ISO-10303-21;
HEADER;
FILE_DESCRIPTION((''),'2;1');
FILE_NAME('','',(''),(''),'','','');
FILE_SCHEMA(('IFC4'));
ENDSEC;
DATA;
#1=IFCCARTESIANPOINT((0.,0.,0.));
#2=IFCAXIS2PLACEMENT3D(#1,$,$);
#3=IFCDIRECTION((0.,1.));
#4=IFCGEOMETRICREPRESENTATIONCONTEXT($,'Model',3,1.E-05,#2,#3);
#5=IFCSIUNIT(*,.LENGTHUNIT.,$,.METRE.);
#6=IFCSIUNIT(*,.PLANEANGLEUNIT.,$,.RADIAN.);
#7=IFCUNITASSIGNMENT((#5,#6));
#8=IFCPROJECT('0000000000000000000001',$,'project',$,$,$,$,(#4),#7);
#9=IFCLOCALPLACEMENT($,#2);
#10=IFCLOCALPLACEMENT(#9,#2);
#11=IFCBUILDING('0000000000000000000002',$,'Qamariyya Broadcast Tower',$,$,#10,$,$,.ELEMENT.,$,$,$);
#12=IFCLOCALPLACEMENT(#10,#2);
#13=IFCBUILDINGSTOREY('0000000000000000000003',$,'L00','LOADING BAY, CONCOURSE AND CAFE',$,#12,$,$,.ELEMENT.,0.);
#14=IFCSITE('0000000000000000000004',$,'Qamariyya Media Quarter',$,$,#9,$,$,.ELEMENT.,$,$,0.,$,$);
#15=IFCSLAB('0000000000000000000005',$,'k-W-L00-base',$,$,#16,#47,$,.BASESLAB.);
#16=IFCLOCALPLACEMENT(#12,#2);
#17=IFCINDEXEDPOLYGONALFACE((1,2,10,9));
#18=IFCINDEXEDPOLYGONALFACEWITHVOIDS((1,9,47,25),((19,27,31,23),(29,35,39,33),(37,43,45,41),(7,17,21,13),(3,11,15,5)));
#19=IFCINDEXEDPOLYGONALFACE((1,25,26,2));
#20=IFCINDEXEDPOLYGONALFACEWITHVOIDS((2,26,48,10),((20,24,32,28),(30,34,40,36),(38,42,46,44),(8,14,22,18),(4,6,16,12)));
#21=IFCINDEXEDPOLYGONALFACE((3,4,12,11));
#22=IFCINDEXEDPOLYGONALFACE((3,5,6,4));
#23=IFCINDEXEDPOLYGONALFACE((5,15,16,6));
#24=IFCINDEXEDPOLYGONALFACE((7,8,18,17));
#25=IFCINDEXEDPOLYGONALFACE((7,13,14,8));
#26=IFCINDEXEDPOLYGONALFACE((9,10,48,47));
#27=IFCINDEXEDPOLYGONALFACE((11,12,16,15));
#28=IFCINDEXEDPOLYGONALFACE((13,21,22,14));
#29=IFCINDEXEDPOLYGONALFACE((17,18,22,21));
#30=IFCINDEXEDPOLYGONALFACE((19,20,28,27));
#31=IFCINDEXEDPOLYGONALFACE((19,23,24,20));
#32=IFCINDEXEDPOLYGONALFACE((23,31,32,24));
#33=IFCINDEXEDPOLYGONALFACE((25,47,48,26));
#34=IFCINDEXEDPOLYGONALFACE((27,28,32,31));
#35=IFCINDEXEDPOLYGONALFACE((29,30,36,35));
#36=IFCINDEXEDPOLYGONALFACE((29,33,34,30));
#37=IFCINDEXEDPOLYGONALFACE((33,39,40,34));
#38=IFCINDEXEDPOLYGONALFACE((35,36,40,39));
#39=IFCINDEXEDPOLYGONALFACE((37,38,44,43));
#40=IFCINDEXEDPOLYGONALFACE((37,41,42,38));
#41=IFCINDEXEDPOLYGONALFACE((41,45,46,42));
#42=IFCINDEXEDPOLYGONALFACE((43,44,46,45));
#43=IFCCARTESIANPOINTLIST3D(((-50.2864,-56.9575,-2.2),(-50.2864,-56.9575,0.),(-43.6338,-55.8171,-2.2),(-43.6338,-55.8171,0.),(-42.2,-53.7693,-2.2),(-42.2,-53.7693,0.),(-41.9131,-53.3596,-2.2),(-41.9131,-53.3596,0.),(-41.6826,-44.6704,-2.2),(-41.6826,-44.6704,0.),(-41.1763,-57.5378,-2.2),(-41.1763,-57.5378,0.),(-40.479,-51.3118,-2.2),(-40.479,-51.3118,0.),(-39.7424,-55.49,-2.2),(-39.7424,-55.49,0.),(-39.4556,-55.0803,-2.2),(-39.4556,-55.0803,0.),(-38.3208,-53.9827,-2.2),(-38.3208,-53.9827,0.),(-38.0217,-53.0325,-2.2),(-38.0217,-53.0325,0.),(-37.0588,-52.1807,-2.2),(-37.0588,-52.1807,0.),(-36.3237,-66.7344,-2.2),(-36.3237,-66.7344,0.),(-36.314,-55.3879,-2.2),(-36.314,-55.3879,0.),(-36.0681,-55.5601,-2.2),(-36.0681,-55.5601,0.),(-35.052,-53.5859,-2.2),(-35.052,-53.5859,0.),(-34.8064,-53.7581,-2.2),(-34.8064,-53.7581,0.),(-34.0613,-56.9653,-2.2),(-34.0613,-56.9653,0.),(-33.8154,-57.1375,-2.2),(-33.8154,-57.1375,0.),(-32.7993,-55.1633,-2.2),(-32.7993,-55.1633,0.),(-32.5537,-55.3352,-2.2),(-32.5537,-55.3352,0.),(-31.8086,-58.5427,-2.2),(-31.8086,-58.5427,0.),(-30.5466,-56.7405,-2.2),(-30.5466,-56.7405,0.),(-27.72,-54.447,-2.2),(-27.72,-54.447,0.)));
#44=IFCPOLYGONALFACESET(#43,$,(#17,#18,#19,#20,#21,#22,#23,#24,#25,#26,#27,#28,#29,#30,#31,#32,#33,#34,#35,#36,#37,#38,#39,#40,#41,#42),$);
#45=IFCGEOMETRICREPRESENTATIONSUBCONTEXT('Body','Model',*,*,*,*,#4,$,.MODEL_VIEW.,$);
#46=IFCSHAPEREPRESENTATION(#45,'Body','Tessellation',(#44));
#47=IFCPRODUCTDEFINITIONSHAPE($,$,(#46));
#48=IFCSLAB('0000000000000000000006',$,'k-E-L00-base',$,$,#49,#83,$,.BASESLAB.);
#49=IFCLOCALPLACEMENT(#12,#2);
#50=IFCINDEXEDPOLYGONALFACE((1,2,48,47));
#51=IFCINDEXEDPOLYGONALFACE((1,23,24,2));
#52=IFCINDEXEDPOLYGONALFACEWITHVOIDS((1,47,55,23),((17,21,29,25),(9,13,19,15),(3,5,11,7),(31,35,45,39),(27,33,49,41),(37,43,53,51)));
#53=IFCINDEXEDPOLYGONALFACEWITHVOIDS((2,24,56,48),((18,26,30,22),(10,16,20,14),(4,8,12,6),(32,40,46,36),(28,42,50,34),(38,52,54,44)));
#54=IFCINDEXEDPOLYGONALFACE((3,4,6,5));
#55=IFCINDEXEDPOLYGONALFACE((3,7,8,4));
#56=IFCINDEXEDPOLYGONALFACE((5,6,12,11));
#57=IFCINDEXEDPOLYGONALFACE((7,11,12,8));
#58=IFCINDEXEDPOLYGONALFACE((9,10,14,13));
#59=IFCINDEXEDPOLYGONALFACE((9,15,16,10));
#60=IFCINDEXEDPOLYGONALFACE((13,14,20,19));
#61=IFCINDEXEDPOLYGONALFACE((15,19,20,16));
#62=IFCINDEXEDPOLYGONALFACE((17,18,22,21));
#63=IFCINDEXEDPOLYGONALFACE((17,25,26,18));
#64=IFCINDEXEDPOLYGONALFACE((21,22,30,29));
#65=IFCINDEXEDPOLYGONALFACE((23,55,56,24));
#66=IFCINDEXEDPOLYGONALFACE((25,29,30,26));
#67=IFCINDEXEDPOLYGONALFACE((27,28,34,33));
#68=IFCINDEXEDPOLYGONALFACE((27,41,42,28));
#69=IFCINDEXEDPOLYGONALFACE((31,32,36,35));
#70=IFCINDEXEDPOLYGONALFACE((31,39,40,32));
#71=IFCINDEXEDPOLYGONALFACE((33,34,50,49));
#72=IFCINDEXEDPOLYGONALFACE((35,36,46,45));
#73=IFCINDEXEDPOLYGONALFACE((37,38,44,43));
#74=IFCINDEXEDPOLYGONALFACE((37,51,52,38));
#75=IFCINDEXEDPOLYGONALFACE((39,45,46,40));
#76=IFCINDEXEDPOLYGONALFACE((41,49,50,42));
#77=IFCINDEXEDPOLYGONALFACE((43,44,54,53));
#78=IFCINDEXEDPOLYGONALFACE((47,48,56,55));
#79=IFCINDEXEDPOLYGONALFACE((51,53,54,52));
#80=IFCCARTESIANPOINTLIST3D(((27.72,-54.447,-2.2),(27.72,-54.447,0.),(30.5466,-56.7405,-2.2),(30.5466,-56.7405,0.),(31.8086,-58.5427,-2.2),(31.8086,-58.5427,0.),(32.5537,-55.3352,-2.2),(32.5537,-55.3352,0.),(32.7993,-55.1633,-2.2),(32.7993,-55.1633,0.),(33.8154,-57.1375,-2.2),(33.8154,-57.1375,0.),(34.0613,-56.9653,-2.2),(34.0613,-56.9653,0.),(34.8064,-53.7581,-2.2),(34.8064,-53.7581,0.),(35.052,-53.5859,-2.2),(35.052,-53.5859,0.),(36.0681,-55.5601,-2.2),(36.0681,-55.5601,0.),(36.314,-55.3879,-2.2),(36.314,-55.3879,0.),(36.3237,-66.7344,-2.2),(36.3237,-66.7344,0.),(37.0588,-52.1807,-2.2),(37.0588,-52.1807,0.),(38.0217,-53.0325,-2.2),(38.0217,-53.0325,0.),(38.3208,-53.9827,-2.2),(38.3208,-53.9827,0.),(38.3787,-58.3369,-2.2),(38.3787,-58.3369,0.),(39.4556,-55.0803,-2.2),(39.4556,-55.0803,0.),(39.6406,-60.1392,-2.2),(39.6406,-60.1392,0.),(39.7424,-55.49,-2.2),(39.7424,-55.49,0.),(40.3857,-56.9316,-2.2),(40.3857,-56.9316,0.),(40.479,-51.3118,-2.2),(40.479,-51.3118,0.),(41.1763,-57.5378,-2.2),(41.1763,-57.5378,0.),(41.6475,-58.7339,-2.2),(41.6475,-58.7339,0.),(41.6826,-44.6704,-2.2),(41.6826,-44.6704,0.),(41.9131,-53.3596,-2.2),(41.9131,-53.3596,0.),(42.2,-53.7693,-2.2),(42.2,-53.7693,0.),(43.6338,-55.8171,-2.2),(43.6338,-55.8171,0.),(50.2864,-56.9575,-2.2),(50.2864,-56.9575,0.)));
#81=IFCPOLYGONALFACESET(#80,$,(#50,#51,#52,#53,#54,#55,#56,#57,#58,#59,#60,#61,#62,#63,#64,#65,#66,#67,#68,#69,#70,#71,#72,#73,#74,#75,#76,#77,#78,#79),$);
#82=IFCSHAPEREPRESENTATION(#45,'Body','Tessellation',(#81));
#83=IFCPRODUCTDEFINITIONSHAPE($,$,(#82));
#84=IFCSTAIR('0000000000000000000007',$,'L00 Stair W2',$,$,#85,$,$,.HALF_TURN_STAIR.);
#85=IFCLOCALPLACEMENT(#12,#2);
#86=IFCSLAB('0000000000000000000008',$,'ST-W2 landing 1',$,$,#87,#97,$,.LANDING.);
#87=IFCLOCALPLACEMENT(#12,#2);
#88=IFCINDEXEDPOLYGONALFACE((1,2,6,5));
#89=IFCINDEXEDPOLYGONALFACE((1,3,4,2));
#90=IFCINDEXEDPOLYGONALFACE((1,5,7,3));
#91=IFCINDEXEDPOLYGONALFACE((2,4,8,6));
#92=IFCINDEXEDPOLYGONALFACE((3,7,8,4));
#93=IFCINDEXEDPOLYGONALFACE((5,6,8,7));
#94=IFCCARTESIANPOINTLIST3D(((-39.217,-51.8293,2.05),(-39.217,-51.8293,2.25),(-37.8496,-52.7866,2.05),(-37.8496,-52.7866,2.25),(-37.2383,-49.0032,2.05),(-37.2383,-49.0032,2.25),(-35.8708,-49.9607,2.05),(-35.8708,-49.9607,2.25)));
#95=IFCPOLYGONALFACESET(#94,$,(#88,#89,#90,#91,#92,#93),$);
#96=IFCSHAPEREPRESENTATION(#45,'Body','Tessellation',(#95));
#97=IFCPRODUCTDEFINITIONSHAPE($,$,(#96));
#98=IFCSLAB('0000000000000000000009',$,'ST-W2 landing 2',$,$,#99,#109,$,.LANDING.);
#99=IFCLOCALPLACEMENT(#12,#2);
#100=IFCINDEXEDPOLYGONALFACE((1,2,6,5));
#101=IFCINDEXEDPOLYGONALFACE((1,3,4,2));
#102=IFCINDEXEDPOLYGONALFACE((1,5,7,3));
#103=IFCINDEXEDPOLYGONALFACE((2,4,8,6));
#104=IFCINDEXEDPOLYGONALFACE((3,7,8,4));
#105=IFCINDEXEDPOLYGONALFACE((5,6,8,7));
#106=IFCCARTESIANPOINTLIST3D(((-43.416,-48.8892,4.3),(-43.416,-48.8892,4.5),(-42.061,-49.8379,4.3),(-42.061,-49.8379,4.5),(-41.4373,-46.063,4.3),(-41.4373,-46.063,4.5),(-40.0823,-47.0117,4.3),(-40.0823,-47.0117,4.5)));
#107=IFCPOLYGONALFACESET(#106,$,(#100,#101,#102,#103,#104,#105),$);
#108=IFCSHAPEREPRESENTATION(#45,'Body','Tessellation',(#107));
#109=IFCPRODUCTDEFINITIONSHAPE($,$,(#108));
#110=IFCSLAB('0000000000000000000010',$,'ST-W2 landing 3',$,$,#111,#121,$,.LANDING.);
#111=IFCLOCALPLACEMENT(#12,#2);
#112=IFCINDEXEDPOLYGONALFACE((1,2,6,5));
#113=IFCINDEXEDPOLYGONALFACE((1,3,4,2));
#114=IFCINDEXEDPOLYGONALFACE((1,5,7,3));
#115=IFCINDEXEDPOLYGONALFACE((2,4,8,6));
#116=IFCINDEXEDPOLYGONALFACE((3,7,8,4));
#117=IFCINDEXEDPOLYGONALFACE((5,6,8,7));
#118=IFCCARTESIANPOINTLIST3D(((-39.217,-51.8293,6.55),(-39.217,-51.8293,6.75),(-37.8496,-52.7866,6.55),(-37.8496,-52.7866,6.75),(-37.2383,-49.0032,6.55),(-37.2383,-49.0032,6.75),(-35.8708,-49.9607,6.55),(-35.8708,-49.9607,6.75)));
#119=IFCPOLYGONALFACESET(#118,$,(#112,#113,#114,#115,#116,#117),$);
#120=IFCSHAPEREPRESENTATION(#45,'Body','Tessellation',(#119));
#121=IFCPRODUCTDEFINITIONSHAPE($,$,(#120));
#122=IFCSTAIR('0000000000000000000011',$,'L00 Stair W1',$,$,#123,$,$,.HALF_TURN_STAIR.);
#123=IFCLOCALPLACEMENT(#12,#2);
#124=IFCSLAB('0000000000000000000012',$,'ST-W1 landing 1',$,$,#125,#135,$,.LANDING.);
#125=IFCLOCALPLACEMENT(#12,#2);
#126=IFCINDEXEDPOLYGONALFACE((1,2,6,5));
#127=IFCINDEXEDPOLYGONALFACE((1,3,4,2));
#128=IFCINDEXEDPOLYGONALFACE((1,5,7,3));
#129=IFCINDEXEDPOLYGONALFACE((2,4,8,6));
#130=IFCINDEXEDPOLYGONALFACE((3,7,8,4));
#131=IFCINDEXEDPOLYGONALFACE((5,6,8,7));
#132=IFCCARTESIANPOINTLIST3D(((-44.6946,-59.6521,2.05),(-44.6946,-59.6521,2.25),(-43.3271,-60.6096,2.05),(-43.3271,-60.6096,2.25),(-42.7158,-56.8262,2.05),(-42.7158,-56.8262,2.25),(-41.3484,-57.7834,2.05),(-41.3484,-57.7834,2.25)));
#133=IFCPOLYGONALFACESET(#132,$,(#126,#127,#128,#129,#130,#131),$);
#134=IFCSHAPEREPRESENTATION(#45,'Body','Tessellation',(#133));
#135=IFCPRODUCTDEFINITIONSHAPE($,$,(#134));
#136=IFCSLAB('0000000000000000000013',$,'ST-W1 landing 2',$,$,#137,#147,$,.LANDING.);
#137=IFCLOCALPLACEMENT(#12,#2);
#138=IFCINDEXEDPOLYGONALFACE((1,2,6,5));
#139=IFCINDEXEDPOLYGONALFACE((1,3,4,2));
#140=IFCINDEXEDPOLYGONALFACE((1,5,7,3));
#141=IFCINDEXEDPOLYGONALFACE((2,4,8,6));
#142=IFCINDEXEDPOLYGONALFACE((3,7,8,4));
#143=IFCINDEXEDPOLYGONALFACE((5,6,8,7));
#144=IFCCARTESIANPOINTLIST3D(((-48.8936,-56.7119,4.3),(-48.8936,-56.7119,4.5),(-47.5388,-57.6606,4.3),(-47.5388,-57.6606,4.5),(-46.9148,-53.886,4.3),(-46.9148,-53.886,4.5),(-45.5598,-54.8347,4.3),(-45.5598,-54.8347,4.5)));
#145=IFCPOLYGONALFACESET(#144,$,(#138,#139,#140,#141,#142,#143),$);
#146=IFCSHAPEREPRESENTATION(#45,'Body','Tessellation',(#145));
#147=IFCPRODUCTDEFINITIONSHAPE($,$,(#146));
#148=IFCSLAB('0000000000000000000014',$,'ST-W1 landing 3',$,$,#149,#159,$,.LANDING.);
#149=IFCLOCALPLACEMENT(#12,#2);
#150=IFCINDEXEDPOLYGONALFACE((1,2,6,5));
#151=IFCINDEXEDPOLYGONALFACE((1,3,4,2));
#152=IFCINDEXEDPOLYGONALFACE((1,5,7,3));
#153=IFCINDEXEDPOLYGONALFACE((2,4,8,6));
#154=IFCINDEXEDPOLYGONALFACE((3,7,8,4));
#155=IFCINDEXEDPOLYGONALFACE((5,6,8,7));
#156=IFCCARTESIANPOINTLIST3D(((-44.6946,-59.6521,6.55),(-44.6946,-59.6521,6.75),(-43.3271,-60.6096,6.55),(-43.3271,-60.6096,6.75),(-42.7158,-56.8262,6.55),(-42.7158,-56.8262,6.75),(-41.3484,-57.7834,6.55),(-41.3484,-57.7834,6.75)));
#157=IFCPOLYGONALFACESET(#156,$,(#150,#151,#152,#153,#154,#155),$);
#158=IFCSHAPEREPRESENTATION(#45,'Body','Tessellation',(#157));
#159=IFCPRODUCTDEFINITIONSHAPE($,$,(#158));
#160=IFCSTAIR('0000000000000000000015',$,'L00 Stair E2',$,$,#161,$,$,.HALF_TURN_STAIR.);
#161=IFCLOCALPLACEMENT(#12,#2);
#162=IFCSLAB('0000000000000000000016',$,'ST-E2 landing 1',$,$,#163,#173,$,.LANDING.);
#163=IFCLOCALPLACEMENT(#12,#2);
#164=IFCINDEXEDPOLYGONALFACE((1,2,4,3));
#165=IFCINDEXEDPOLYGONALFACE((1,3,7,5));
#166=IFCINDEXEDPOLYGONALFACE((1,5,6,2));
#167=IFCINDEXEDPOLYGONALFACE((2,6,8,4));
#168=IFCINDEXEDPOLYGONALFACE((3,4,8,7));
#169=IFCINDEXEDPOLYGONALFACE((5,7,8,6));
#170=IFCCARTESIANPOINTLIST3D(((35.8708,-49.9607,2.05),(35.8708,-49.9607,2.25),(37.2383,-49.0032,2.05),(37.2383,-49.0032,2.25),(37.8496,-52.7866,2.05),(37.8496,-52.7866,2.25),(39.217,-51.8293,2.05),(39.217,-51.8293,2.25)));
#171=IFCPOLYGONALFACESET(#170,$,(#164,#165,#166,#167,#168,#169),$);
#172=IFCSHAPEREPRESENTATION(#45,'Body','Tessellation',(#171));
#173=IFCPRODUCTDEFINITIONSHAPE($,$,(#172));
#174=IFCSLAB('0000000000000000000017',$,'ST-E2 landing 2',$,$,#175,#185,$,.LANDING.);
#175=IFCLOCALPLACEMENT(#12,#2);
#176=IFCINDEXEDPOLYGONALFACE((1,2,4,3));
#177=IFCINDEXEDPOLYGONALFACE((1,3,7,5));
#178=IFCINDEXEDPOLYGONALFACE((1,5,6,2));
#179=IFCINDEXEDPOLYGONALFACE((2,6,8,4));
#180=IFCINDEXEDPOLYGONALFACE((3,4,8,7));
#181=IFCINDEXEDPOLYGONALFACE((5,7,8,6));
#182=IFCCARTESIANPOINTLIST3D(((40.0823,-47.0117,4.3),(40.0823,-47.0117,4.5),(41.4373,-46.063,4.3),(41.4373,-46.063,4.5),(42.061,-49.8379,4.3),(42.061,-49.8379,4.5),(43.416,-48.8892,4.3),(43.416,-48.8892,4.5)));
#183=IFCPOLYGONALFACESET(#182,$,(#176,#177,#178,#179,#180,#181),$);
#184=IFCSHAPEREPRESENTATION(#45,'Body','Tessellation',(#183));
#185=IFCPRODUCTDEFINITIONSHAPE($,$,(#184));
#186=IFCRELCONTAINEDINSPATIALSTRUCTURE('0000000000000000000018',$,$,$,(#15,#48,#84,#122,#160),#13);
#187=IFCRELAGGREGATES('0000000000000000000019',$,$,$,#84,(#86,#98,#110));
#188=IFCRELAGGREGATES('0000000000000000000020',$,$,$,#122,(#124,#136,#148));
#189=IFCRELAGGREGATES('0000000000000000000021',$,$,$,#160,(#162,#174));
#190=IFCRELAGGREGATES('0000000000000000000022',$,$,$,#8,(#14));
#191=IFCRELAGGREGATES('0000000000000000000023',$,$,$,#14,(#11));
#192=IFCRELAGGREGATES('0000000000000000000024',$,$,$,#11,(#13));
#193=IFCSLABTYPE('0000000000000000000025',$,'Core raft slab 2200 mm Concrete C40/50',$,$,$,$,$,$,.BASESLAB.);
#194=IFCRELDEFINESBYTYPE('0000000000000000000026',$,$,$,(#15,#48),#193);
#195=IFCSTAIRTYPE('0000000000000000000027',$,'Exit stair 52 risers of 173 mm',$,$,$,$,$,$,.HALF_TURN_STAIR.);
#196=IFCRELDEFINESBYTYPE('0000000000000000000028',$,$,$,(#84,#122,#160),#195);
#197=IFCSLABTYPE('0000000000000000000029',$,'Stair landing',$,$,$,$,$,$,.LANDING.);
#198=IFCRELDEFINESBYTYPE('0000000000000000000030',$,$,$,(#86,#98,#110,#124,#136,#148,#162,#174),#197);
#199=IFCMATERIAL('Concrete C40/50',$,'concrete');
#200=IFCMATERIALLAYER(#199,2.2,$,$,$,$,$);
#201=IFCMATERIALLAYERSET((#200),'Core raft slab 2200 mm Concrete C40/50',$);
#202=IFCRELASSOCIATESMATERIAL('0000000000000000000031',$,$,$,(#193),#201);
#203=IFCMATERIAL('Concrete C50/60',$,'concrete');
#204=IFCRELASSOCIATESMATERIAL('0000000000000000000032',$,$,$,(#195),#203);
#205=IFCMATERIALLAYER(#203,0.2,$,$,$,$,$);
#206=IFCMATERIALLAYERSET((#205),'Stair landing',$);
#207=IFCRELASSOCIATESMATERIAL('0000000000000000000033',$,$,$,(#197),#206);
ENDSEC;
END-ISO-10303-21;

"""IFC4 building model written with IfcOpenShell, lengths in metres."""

from ifc_helpers import new_model, si_unit, direction, frame, origin, place, context, subcontext, project, spatial, polyline, outline, extrude, material, layer, layer_set, type_object, element, aggregate, save


model = new_model("IFC4")

# Units and contexts
model_context = context("Model", 3, precision=1e-05, world=origin(), true_north=direction((0.0, 1.0)))
body_context = subcontext(model_context, "Body", "Model", "MODEL_VIEW")
ifc_project = project(units=[si_unit("LENGTHUNIT", "METRE"), si_unit("PLANEANGLEUNIT", "RADIAN")], contexts=[model_context])

# Site, building, storey
site_placement = place(None, origin())
site = spatial("IfcSite", under=ifc_project, at=site_placement, Name="Qamariyya Media Quarter", CompositionType="ELEMENT", RefElevation=0.0)
building_placement = place(site_placement, origin())
building = spatial("IfcBuilding", under=site, at=building_placement, Name="Qamariyya Broadcast Tower", CompositionType="ELEMENT")
storey_placement = place(building_placement, origin())
storey = spatial("IfcBuildingStorey", under=building, at=storey_placement, Name="L00", Description="LOADING BAY, CONCOURSE AND CAFE", CompositionType="ELEMENT", Elevation=0.0)

# Shared definitions
ifc_material_1 = material(Name="Concrete C40/50", Category="concrete")

# Slabs
ifc_layer_1 = layer(ifc_material_1, 2.2)
ifc_layer_set_1 = layer_set([ifc_layer_1], Name="Core raft slab 2200 mm Concrete C40/50")
slab_type_1 = type_object("IfcSlabType", Name="Core raft slab 2200 mm Concrete C40/50", PredefinedType="BASESLAB", material=ifc_layer_set_1)
slab_1_placement = place(storey_placement, frame((0.0, 0.0, -2.2)))
element("IfcSlab", 1, at=slab_1_placement, inside=storey, type_object=slab_type_1, Name="k-W-L00-base", PredefinedType="BASESLAB", context=body_context, shape_type="SweptSolid", body=[
    extrude(outline(polyline([(-50.2864, -56.9575), (-36.3237, -66.7344), (-27.72, -54.447), (-41.6826, -44.6704), (-50.2864, -56.9575)]), holes=[polyline([(-31.8086, -58.5427), (-33.8154, -57.1375), (-32.5537, -55.3352), (-30.5466, -56.7405), (-31.8086, -58.5427)]), polyline([(-34.0613, -56.9653), (-36.0681, -55.5601), (-34.8064, -53.7581), (-32.7993, -55.1633), (-34.0613, -56.9653)]), polyline([(-36.314, -55.3879), (-38.3208, -53.9827), (-37.0588, -52.1807), (-35.052, -53.5859), (-36.314, -55.3879)]), polyline([(-39.7424, -55.49), (-42.2, -53.7693), (-43.6338, -55.8171), (-41.1763, -57.5378), (-39.7424, -55.49)]), polyline([(-39.4556, -55.0803), (-41.9131, -53.3596), (-40.479, -51.3118), (-38.0217, -53.0325), (-39.4556, -55.0803)])]), origin(), (0.0, 0.0, 1.0), 2.2),
])
slab_2_placement = place(storey_placement, frame((0.0, 0.0, -2.2)))
element("IfcSlab", 2, at=slab_2_placement, inside=storey, type_object=slab_type_1, Name="k-E-L00-base", PredefinedType="BASESLAB", context=body_context, shape_type="SweptSolid", body=[
    extrude(outline(polyline([(36.3237, -66.7344), (50.2864, -56.9575), (41.6826, -44.6704), (27.72, -54.447), (36.3237, -66.7344)]), holes=[polyline([(31.8086, -58.5427), (33.8154, -57.1375), (32.5537, -55.3352), (30.5466, -56.7405), (31.8086, -58.5427)]), polyline([(34.0613, -56.9653), (36.0681, -55.5601), (34.8064, -53.7581), (32.7993, -55.1633), (34.0613, -56.9653)]), polyline([(36.314, -55.3879), (38.3208, -53.9827), (37.0588, -52.1807), (35.052, -53.5859), (36.314, -55.3879)]), polyline([(38.3787, -58.3369), (40.3857, -56.9316), (41.6475, -58.7339), (39.6406, -60.1392), (38.3787, -58.3369)]), polyline([(39.7424, -55.49), (42.2, -53.7693), (43.6338, -55.8171), (41.1763, -57.5378), (39.7424, -55.49)]), polyline([(39.4556, -55.0803), (41.9131, -53.3596), (40.479, -51.3118), (38.0217, -53.0325), (39.4556, -55.0803)])]), origin(), (0.0, 0.0, 1.0), 2.2),
])

# Stairs, slabs
ifc_material_2 = material(Name="Concrete C50/60", Category="concrete")
stair_type = type_object("IfcStairType", Name="Exit stair 52 risers of 173 mm", PredefinedType="HALF_TURN_STAIR", material=ifc_material_2)
stair_1_placement = place(storey_placement, origin())
stair_1 = element("IfcStair", 3, at=stair_1_placement, inside=storey, type_object=stair_type, Name="L00 Stair W2", PredefinedType="HALF_TURN_STAIR")
ifc_layer_2 = layer(ifc_material_2, 0.2)
ifc_layer_set_2 = layer_set([ifc_layer_2], Name="Stair landing")
slab_type_2 = type_object("IfcSlabType", Name="Stair landing", PredefinedType="LANDING", material=ifc_layer_set_2)
slab_3_placement = place(storey_placement, frame((0.0, 0.0, 2.05)))
slab_3 = element("IfcSlab", 4, at=slab_3_placement, type_object=slab_type_2, Name="ST-W2 landing 1", PredefinedType="LANDING", context=body_context, shape_type="SweptSolid", body=[
    extrude(outline(polyline([(-39.217, -51.8293), (-37.8496, -52.7866), (-35.8708, -49.9607), (-37.2383, -49.0032), (-39.217, -51.8293)])), origin(), (0.0, 0.0, 1.0), 0.2),
])
slab_4_placement = place(storey_placement, frame((0.0, 0.0, 4.3)))
slab_4 = element("IfcSlab", 5, at=slab_4_placement, type_object=slab_type_2, Name="ST-W2 landing 2", PredefinedType="LANDING", context=body_context, shape_type="SweptSolid", body=[
    extrude(outline(polyline([(-43.416, -48.8892), (-42.061, -49.8379), (-40.0823, -47.0117), (-41.4373, -46.063), (-43.416, -48.8892)])), origin(), (0.0, 0.0, 1.0), 0.2),
])
slab_5_placement = place(storey_placement, frame((0.0, 0.0, 6.55)))
slab_5 = element("IfcSlab", 6, at=slab_5_placement, type_object=slab_type_2, Name="ST-W2 landing 3", PredefinedType="LANDING", context=body_context, shape_type="SweptSolid", body=[
    extrude(outline(polyline([(-39.217, -51.8293), (-37.8496, -52.7866), (-35.8708, -49.9607), (-37.2383, -49.0032), (-39.217, -51.8293)])), origin(), (0.0, 0.0, 1.0), 0.2),
])
aggregate(stair_1, [slab_3, slab_4, slab_5])
stair_2_placement = place(storey_placement, origin())
stair_2 = element("IfcStair", 7, at=stair_2_placement, inside=storey, type_object=stair_type, Name="L00 Stair W1", PredefinedType="HALF_TURN_STAIR")
slab_6_placement = place(storey_placement, frame((0.0, 0.0, 2.05)))
slab_6 = element("IfcSlab", 8, at=slab_6_placement, type_object=slab_type_2, Name="ST-W1 landing 1", PredefinedType="LANDING", context=body_context, shape_type="SweptSolid", body=[
    extrude(outline(polyline([(-44.6946, -59.6521), (-43.3271, -60.6096), (-41.3484, -57.7834), (-42.7158, -56.8262), (-44.6946, -59.6521)])), origin(), (0.0, 0.0, 1.0), 0.2),
])
slab_7_placement = place(storey_placement, frame((0.0, 0.0, 4.3)))
slab_7 = element("IfcSlab", 9, at=slab_7_placement, type_object=slab_type_2, Name="ST-W1 landing 2", PredefinedType="LANDING", context=body_context, shape_type="SweptSolid", body=[
    extrude(outline(polyline([(-48.8936, -56.7119), (-47.5388, -57.6606), (-45.5598, -54.8347), (-46.9148, -53.886), (-48.8936, -56.7119)])), origin(), (0.0, 0.0, 1.0), 0.2),
])
slab_8_placement = place(storey_placement, frame((0.0, 0.0, 6.55)))
slab_8 = element("IfcSlab", 10, at=slab_8_placement, type_object=slab_type_2, Name="ST-W1 landing 3", PredefinedType="LANDING", context=body_context, shape_type="SweptSolid", body=[
    extrude(outline(polyline([(-44.6946, -59.6521), (-43.3271, -60.6096), (-41.3484, -57.7834), (-42.7158, -56.8262), (-44.6946, -59.6521)])), origin(), (0.0, 0.0, 1.0), 0.2),
])
aggregate(stair_2, [slab_6, slab_7, slab_8])
stair_3_placement = place(storey_placement, origin())
stair_3 = element("IfcStair", 11, at=stair_3_placement, inside=storey, type_object=stair_type, Name="L00 Stair E2", PredefinedType="HALF_TURN_STAIR")
slab_9_placement = place(storey_placement, frame((0.0, 0.0, 2.05)))
slab_9 = element("IfcSlab", 12, at=slab_9_placement, type_object=slab_type_2, Name="ST-E2 landing 1", PredefinedType="LANDING", context=body_context, shape_type="SweptSolid", body=[
    extrude(outline(polyline([(37.2383, -49.0032), (35.8708, -49.9607), (37.8496, -52.7866), (39.217, -51.8293), (37.2383, -49.0032)])), origin(), (0.0, 0.0, 1.0), 0.2),
])
slab_10_placement = place(storey_placement, frame((0.0, 0.0, 4.3)))
slab_10 = element("IfcSlab", 13, at=slab_10_placement, type_object=slab_type_2, Name="ST-E2 landing 2", PredefinedType="LANDING", context=body_context, shape_type="SweptSolid", body=[
    extrude(outline(polyline([(41.4373, -46.063), (40.0823, -47.0117), (42.061, -49.8379), (43.416, -48.8892), (41.4373, -46.063)])), origin(), (0.0, 0.0, 1.0), 0.2),
])
aggregate(stair_3, [slab_9, slab_10])

save(model, "model.ifc")
